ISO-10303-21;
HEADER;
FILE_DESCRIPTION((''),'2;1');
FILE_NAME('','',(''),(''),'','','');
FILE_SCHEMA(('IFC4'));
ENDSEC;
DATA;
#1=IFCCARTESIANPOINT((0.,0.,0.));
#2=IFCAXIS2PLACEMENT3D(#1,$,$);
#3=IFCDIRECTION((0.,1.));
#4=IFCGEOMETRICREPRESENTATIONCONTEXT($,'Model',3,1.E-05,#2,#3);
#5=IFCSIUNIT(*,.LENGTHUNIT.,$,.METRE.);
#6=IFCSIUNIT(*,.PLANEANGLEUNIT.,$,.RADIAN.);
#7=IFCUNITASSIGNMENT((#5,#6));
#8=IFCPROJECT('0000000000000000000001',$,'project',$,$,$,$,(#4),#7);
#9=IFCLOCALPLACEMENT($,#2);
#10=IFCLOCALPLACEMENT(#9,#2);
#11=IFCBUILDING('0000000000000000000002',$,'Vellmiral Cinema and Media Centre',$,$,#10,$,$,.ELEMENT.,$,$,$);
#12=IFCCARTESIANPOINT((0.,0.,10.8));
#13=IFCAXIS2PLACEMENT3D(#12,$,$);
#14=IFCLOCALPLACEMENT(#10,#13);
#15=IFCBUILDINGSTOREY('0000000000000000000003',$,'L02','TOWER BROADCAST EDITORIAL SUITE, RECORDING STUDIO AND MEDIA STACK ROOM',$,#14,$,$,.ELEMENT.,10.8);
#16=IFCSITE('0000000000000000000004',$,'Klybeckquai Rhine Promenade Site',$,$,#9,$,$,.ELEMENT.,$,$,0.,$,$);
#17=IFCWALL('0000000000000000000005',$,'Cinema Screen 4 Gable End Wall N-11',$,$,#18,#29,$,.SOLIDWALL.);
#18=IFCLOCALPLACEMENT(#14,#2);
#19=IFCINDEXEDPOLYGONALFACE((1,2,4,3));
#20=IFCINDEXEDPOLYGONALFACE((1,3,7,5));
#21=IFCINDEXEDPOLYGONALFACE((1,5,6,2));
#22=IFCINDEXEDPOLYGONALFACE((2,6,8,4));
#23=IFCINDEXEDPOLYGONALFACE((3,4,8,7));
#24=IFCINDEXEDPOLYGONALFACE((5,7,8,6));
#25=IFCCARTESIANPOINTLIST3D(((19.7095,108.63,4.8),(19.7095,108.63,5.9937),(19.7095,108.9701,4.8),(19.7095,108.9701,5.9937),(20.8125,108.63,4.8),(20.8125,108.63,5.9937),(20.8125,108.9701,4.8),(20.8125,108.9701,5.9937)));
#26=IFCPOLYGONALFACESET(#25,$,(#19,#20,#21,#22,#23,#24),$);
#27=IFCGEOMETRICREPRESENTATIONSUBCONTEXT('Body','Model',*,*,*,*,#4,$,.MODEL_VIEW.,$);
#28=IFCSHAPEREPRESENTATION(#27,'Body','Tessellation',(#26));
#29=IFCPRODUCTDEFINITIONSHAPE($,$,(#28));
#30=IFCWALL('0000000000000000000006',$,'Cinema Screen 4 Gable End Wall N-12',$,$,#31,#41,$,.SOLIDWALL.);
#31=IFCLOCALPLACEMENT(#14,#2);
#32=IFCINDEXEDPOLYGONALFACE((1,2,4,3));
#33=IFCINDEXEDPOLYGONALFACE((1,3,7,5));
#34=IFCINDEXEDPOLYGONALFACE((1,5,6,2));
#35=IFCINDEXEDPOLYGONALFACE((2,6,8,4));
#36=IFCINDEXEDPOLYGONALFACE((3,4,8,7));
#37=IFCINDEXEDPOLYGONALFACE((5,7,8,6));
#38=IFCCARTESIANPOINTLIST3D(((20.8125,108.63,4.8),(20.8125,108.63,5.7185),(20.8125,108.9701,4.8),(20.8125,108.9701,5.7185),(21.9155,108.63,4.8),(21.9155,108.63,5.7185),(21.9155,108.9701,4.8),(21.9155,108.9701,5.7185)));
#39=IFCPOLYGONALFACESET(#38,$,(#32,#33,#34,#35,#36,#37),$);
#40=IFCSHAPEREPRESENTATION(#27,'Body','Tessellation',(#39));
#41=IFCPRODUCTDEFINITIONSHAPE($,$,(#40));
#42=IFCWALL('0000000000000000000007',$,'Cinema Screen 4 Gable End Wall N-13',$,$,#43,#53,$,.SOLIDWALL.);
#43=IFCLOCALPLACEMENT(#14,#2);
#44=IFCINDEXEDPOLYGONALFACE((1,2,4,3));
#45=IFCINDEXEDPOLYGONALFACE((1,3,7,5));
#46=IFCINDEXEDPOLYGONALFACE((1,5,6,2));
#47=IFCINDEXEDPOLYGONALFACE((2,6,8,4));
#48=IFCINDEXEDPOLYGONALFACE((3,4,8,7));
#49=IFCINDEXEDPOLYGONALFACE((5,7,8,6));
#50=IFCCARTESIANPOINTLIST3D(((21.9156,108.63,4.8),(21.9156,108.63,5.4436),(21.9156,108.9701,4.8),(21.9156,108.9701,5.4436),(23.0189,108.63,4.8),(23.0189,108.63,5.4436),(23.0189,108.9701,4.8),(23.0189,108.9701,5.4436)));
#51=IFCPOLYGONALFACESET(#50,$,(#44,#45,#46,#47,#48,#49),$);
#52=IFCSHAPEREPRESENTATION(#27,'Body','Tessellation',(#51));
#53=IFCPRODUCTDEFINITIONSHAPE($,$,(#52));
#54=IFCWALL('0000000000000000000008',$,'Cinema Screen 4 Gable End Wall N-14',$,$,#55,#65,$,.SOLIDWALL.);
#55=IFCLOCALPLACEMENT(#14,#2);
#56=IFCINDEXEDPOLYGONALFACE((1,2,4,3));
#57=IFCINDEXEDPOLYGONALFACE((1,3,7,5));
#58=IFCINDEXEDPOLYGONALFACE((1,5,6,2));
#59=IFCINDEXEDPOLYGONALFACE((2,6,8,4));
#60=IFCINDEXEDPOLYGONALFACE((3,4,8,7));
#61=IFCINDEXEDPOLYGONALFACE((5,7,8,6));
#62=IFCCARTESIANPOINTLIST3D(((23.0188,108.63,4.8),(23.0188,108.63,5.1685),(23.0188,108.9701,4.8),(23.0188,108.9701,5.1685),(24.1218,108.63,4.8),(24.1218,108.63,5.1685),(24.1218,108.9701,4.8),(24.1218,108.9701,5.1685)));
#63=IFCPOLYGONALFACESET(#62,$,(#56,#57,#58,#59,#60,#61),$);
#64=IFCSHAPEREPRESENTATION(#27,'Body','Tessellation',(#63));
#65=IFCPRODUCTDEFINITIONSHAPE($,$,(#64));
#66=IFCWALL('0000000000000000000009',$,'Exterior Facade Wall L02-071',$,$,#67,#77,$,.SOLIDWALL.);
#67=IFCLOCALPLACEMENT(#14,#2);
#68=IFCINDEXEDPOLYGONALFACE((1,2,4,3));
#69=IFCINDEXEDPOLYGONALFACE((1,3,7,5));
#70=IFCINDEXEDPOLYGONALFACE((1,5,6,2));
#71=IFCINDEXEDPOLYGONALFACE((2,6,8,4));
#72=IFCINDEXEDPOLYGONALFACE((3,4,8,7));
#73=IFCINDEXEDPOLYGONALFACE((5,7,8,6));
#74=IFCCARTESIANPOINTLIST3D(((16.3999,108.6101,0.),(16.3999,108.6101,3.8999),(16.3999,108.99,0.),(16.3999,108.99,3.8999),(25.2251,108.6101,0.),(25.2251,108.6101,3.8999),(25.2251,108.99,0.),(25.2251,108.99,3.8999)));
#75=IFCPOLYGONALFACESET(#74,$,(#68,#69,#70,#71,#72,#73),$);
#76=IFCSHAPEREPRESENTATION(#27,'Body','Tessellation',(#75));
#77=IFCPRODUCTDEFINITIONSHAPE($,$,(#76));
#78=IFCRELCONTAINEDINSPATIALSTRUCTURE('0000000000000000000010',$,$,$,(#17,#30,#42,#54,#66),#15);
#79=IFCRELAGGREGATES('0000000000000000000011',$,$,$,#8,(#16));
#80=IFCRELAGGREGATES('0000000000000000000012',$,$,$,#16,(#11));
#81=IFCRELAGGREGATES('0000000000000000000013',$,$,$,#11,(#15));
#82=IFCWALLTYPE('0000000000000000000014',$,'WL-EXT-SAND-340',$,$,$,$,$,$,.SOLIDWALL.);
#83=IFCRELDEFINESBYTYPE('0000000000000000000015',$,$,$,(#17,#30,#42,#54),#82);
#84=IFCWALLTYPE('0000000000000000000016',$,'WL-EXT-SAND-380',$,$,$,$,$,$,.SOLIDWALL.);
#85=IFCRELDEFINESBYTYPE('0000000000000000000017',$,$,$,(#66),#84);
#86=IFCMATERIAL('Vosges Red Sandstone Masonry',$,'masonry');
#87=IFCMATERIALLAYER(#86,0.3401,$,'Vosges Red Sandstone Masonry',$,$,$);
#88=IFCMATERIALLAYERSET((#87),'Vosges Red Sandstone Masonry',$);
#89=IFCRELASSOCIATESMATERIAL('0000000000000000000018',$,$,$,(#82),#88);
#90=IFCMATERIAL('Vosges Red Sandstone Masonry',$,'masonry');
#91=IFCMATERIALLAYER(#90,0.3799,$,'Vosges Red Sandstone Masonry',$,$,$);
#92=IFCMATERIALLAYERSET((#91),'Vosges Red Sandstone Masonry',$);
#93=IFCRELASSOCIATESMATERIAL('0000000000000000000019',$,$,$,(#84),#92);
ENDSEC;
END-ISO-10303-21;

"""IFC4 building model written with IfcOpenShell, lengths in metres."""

from ifc_helpers import new_model, si_unit, direction, frame, frame_2d, origin, place, context, subcontext, project, spatial, rectangle, extrude, material, layer, layer_set, type_object, element, save


model = new_model("IFC4")

# Units and contexts
model_context = context("Model", 3, precision=1e-05, world=origin(), true_north=direction((0.0, 1.0)))
body_context = subcontext(model_context, "Body", "Model", "MODEL_VIEW")
ifc_project = project(units=[si_unit("LENGTHUNIT", "METRE"), si_unit("PLANEANGLEUNIT", "RADIAN")], contexts=[model_context])

# Site, building, storey
site_placement = place(None, origin())
site = spatial("IfcSite", under=ifc_project, at=site_placement, Name="Klybeckquai Rhine Promenade Site", CompositionType="ELEMENT", RefElevation=0.0)
building_placement = place(site_placement, origin())
building = spatial("IfcBuilding", under=site, at=building_placement, Name="Vellmiral Cinema and Media Centre", CompositionType="ELEMENT")
storey_placement = place(building_placement, frame((0.0, 0.0, 10.8)))
storey = spatial("IfcBuildingStorey", under=building, at=storey_placement, Name="L02", Description="TOWER BROADCAST EDITORIAL SUITE, RECORDING STUDIO AND MEDIA STACK ROOM", CompositionType="ELEMENT", Elevation=10.8)

# Walls
ifc_material_1 = material(Name="Vosges Red Sandstone Masonry", Category="masonry")
ifc_layer_1 = layer(ifc_material_1, 0.3401, Name="Vosges Red Sandstone Masonry")
ifc_layer_set_1 = layer_set([ifc_layer_1], Name="Vosges Red Sandstone Masonry")
wall_type_1 = type_object("IfcWallType", Name="WL-EXT-SAND-340", PredefinedType="SOLIDWALL", material=ifc_layer_set_1)
wall_1_placement = place(storey_placement, frame((19.7095, 108.8, 4.8), z_axis=(0.0, 0.0, 1.0), x_axis=(1.0, 0.0, 0.0)))
element("IfcWall", 1, at=wall_1_placement, inside=storey, type_object=wall_type_1, Name="Cinema Screen 4 Gable End Wall N-11", PredefinedType="SOLIDWALL", context=body_context, shape_type="SweptSolid", body=[
    extrude(rectangle(XDim=1.103, YDim=0.3401, at=frame_2d((0.5515, 0.0))), origin(), (0.0, 0.0, 1.0), 1.1936),
])
wall_2_placement = place(storey_placement, frame((20.8125, 108.8, 4.8), z_axis=(0.0, 0.0, 1.0), x_axis=(1.0, 0.0, 0.0)))
element("IfcWall", 2, at=wall_2_placement, inside=storey, type_object=wall_type_1, Name="Cinema Screen 4 Gable End Wall N-12", PredefinedType="SOLIDWALL", context=body_context, shape_type="SweptSolid", body=[
    extrude(rectangle(XDim=1.103, YDim=0.3401, at=frame_2d((0.5515, 0.0))), origin(), (0.0, 0.0, 1.0), 0.9185),
])
wall_3_placement = place(storey_placement, frame((21.9155, 108.8, 4.8), z_axis=(0.0, 0.0, 1.0), x_axis=(1.0, 0.0, 0.0)))
element("IfcWall", 3, at=wall_3_placement, inside=storey, type_object=wall_type_1, Name="Cinema Screen 4 Gable End Wall N-13", PredefinedType="SOLIDWALL", context=body_context, shape_type="SweptSolid", body=[
    extrude(rectangle(XDim=1.1033, YDim=0.3401, at=frame_2d((0.5518, 0.0))), origin(), (0.0, 0.0, 1.0), 0.6436),
])
wall_4_placement = place(storey_placement, frame((23.0188, 108.8, 4.8), z_axis=(0.0, 0.0, 1.0), x_axis=(1.0, 0.0, 0.0)))
element("IfcWall", 4, at=wall_4_placement, inside=storey, type_object=wall_type_1, Name="Cinema Screen 4 Gable End Wall N-14", PredefinedType="SOLIDWALL", context=body_context, shape_type="SweptSolid", body=[
    extrude(rectangle(XDim=1.103, YDim=0.3401, at=frame_2d((0.5515, 0.0))), origin(), (0.0, 0.0, 1.0), 0.3684),
])
ifc_material_2 = material(Name="Vosges Red Sandstone Masonry", Category="masonry")
ifc_layer_2 = layer(ifc_material_2, 0.3799, Name="Vosges Red Sandstone Masonry")
ifc_layer_set_2 = layer_set([ifc_layer_2], Name="Vosges Red Sandstone Masonry")
wall_type_2 = type_object("IfcWallType", Name="WL-EXT-SAND-380", PredefinedType="SOLIDWALL", material=ifc_layer_set_2)
wall_5_placement = place(storey_placement, frame((25.2251, 108.8, 0.0), z_axis=(0.0, 0.0, 1.0), x_axis=(-1.0, 0.0, 0.0)))
element("IfcWall", 5, at=wall_5_placement, inside=storey, type_object=wall_type_2, Name="Exterior Facade Wall L02-071", PredefinedType="SOLIDWALL", context=body_context, shape_type="SweptSolid", body=[
    extrude(rectangle(XDim=8.8252, YDim=0.3799, at=frame_2d((4.4126, 0.0))), origin(), (0.0, 0.0, 1.0), 3.8999),
])

save(model, "model.ifc")
